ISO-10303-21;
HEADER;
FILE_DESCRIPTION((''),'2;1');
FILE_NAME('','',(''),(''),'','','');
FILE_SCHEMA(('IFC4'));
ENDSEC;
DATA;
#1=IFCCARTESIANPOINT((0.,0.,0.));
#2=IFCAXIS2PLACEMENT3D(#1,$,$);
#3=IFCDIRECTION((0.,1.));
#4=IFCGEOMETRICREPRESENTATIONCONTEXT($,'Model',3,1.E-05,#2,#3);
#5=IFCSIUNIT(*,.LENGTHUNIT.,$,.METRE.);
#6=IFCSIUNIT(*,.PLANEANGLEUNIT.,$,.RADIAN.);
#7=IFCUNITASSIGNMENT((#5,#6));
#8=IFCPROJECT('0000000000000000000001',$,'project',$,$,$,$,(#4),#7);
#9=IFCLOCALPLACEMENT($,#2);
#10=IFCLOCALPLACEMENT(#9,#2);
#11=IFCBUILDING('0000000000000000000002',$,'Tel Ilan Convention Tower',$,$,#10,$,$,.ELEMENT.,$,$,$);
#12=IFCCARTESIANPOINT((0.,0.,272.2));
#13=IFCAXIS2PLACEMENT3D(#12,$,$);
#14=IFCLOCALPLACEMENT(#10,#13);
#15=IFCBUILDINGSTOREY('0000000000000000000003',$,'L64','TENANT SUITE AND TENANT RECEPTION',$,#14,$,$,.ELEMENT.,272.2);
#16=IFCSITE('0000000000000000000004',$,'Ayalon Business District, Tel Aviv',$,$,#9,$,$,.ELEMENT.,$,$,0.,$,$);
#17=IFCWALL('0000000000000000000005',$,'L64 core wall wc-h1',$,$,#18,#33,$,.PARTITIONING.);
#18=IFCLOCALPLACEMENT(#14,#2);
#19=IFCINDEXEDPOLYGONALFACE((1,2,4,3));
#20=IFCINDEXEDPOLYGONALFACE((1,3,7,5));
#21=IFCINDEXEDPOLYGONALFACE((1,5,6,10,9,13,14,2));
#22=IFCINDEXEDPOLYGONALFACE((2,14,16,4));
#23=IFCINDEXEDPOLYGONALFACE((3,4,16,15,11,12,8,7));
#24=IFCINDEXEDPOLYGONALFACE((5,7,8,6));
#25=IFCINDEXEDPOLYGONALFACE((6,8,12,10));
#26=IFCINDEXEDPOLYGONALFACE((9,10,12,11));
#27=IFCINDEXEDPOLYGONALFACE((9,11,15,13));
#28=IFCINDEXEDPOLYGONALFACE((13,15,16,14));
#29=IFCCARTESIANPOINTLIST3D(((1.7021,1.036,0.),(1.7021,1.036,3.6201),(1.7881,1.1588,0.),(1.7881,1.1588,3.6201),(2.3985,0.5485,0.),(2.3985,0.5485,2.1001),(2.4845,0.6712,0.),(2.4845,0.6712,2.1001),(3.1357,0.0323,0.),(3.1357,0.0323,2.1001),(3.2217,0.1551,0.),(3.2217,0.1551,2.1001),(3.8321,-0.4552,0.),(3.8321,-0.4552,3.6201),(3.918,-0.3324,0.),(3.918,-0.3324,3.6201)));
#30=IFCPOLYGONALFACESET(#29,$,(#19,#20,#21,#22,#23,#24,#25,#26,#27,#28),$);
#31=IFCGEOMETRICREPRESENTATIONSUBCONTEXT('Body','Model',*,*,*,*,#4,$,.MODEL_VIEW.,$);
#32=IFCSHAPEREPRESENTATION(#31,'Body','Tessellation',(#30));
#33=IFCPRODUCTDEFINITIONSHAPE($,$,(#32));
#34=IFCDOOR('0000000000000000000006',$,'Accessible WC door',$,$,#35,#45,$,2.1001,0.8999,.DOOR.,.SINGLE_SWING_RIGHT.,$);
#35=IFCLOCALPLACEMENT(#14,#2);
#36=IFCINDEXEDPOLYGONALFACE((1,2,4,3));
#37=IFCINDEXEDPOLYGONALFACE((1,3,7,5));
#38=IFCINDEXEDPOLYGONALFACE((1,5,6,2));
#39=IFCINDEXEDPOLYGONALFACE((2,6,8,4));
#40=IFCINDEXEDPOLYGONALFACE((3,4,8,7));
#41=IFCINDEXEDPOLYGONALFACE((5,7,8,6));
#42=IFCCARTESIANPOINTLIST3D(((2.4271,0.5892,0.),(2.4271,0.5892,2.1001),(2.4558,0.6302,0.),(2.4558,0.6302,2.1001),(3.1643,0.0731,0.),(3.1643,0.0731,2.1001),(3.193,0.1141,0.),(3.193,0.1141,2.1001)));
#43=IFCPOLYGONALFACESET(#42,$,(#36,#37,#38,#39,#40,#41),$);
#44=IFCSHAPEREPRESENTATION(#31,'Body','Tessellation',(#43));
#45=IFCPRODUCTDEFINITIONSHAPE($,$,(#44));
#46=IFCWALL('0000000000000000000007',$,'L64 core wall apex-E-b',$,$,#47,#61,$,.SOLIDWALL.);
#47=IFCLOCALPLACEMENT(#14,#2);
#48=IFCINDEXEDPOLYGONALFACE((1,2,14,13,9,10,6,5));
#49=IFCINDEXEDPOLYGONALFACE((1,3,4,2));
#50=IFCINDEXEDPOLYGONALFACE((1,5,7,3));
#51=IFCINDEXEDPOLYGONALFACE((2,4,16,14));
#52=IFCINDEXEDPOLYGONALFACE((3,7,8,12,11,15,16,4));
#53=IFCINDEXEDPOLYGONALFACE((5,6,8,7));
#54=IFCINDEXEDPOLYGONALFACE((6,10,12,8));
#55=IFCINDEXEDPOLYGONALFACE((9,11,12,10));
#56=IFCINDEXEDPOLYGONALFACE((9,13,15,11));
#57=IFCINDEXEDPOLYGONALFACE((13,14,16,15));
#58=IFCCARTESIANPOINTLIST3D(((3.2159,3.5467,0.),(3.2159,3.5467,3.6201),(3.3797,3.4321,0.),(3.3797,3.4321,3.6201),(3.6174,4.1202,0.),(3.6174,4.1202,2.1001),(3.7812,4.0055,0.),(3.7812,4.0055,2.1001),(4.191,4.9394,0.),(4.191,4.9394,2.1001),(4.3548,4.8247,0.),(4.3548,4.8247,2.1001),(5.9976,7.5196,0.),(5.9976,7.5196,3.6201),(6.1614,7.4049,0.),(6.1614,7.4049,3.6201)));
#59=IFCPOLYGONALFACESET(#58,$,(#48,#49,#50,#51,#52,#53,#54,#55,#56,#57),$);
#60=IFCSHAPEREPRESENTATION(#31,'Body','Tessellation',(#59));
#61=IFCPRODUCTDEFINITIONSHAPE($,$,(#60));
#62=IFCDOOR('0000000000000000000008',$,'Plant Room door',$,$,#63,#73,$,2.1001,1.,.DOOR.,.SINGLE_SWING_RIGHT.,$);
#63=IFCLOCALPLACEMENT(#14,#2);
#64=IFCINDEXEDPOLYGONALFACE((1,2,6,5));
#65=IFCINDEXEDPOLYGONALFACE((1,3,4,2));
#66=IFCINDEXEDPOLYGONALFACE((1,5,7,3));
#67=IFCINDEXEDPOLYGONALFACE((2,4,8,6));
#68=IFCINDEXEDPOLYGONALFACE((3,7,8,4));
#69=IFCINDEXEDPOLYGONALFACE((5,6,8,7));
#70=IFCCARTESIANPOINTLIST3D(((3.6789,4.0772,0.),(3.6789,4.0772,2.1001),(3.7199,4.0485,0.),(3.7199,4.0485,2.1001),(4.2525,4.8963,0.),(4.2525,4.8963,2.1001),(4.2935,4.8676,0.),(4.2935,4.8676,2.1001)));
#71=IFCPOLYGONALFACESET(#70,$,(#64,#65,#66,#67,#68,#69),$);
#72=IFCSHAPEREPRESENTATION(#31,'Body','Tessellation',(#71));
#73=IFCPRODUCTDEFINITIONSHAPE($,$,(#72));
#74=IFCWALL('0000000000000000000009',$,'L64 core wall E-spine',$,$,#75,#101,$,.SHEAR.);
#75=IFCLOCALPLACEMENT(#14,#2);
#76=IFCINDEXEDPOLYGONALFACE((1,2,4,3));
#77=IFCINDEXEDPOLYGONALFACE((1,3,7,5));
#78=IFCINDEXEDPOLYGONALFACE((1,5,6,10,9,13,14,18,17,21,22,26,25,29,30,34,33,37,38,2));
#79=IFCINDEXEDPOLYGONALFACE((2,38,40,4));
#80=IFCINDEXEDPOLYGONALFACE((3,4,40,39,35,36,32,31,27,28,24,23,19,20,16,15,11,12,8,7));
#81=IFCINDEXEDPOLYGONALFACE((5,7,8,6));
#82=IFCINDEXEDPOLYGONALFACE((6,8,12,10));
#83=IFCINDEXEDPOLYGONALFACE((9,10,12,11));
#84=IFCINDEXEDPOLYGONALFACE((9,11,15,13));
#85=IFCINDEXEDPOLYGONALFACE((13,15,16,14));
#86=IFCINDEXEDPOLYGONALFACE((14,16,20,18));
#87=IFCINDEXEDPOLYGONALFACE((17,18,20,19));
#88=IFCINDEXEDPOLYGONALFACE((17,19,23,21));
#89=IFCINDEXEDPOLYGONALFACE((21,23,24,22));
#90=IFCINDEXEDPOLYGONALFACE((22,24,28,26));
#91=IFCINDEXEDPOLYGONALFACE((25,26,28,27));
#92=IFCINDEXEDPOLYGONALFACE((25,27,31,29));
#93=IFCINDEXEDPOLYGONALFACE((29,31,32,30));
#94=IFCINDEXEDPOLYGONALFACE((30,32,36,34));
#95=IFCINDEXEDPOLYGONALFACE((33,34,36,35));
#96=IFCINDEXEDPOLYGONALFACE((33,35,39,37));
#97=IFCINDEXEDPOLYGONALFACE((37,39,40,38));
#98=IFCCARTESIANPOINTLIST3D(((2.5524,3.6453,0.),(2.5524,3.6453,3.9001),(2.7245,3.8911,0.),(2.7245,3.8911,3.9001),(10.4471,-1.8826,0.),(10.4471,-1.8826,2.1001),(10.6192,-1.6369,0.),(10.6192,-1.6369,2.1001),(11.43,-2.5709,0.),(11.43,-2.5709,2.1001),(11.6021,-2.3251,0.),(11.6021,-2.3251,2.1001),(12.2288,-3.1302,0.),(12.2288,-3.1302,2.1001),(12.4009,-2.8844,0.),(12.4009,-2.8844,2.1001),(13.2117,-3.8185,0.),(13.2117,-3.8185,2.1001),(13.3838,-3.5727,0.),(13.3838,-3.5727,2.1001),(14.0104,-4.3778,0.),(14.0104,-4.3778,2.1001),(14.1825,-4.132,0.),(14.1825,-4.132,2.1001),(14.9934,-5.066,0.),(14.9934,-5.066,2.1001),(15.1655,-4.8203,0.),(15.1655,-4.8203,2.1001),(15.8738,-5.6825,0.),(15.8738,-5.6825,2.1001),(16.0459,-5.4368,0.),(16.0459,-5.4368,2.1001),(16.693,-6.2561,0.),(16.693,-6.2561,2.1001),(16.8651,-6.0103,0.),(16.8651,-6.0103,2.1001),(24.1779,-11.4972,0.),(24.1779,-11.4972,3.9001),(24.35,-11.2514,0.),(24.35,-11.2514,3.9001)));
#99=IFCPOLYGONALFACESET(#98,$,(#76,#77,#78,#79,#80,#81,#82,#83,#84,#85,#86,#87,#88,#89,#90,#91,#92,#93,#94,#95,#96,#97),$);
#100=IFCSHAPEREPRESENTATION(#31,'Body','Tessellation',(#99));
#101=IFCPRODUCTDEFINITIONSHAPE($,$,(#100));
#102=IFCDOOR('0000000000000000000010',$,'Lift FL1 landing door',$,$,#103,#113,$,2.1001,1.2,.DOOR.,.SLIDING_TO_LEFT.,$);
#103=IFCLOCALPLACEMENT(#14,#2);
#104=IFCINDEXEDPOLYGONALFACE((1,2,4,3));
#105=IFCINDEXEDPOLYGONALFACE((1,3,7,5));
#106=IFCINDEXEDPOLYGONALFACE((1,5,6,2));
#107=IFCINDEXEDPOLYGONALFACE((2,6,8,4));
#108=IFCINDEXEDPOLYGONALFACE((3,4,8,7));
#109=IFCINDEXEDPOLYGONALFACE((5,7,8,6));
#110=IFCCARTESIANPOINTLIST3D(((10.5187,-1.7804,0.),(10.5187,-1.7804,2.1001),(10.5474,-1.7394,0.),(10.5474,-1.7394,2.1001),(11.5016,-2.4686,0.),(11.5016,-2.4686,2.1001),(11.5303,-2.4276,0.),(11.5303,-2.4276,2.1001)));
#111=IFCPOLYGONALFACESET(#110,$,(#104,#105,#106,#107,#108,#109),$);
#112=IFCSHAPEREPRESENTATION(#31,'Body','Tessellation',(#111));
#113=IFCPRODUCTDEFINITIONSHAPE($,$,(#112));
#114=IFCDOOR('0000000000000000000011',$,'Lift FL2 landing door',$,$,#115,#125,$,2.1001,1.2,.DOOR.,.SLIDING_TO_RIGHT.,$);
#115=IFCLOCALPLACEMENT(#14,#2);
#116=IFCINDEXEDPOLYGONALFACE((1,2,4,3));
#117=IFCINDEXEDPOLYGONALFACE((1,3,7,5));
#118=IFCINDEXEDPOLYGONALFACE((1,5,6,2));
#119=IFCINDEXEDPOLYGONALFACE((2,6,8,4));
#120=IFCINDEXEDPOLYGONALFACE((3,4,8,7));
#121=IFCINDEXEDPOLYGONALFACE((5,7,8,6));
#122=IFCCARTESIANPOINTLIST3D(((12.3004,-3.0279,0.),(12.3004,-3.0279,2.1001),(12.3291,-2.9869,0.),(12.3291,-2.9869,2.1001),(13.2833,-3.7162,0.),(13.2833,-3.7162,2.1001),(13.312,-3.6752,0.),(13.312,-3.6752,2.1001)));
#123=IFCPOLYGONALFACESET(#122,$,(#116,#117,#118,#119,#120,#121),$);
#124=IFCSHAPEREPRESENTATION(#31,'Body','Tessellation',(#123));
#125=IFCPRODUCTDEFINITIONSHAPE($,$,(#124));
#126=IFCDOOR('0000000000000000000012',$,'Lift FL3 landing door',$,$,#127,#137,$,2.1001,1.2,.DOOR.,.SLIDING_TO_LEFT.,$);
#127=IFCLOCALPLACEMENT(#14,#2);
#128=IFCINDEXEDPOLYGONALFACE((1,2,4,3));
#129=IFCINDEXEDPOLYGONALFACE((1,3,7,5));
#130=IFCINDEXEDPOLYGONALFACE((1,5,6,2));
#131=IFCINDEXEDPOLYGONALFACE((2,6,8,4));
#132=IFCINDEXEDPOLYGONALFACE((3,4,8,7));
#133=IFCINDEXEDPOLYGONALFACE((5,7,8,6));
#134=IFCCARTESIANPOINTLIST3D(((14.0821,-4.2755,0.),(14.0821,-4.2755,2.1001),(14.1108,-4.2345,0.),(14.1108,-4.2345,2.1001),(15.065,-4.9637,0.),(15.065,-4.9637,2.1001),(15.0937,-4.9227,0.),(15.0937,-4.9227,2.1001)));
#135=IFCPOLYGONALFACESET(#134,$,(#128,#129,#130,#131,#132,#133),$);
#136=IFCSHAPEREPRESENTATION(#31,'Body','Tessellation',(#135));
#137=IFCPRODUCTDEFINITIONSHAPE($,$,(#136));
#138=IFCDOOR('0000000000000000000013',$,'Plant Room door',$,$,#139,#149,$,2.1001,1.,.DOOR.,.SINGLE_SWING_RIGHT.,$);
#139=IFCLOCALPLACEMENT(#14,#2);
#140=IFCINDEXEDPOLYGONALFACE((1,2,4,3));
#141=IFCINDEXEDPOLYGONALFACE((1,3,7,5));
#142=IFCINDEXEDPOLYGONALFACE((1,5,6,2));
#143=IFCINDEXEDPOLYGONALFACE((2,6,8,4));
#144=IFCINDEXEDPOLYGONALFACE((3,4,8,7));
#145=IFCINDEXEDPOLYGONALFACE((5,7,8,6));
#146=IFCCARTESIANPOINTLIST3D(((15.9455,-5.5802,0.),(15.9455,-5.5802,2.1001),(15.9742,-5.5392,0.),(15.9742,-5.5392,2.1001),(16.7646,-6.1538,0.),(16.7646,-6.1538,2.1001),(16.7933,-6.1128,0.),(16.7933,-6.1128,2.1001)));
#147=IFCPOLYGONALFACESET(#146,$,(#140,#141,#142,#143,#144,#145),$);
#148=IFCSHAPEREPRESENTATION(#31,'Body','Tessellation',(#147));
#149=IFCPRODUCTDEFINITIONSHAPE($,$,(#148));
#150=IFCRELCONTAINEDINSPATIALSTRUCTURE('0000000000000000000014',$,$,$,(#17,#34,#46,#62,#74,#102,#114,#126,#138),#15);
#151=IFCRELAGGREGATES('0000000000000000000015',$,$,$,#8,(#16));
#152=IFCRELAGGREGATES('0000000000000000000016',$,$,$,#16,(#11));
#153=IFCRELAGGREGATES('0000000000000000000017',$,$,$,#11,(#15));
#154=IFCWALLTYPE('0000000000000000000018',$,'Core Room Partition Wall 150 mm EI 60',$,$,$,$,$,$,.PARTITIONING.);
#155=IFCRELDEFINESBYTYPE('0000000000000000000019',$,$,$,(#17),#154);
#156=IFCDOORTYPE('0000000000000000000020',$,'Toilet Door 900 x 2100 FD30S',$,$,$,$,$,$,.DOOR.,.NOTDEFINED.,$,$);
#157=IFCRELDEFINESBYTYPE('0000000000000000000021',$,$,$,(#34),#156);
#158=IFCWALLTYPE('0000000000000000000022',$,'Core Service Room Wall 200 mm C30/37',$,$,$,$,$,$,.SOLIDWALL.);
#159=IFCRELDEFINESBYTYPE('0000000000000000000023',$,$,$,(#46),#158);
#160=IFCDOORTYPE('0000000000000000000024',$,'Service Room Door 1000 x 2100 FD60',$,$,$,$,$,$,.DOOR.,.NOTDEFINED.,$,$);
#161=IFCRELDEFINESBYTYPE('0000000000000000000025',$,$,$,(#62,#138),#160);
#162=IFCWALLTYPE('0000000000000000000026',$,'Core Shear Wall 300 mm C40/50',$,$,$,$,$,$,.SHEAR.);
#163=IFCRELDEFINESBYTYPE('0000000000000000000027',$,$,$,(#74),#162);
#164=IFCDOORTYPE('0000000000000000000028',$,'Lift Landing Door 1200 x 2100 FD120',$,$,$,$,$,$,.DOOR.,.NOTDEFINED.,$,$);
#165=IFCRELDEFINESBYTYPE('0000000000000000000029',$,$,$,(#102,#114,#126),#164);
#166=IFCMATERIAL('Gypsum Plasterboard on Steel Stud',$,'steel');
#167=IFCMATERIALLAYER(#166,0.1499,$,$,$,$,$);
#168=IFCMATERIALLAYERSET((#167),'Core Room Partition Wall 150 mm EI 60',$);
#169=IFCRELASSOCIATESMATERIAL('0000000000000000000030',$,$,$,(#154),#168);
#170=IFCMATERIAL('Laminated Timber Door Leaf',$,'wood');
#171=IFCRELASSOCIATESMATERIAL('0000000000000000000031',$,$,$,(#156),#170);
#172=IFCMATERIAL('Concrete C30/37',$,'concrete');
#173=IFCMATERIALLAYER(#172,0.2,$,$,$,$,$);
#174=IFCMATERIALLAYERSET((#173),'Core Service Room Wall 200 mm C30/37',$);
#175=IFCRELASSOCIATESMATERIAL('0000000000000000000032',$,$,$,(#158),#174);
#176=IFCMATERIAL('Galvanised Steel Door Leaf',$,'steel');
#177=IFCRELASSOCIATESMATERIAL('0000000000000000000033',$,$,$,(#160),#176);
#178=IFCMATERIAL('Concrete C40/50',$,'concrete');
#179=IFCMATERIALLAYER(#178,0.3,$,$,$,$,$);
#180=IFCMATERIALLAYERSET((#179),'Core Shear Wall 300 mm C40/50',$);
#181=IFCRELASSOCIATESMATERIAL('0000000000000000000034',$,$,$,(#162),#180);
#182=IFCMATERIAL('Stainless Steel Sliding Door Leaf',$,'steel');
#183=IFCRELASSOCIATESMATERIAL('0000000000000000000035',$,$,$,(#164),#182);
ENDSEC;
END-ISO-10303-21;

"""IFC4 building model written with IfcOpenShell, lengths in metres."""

from ifc_helpers import new_model, si_unit, direction, frame, frame_2d, origin, place, context, subcontext, project, spatial, polyline, rectangle, outline, extrude, material, layer, layer_set, type_object, element, fill, save


model = new_model("IFC4")

# Units and contexts
model_context = context("Model", 3, precision=1e-05, world=origin(), true_north=direction((0.0, 1.0)))
body_context = subcontext(model_context, "Body", "Model", "MODEL_VIEW")
ifc_project = project(units=[si_unit("LENGTHUNIT", "METRE"), si_unit("PLANEANGLEUNIT", "RADIAN")], contexts=[model_context])

# Site, building, storey
site_placement = place(None, origin())
site = spatial("IfcSite", under=ifc_project, at=site_placement, Name="Ayalon Business District, Tel Aviv", CompositionType="ELEMENT", RefElevation=0.0)
building_placement = place(site_placement, origin())
building = spatial("IfcBuilding", under=site, at=building_placement, Name="Tel Ilan Convention Tower", CompositionType="ELEMENT")
storey_placement = place(building_placement, frame((0.0, 0.0, 272.2)))
storey = spatial("IfcBuildingStorey", under=building, at=storey_placement, Name="L64", Description="TENANT SUITE AND TENANT RECEPTION", CompositionType="ELEMENT", Elevation=272.2)

# Walls, openings, doors
ifc_material_1 = material(Name="Gypsum Plasterboard on Steel Stud", Category="steel")
ifc_layer_1 = layer(ifc_material_1, 0.1499)
ifc_layer_set_1 = layer_set([ifc_layer_1], Name="Core Room Partition Wall 150 mm EI 60")
wall_type_1 = type_object("IfcWallType", Name="Core Room Partition Wall 150 mm EI 60", PredefinedType="PARTITIONING", material=ifc_layer_set_1)
wall_1_placement = place(storey_placement, frame((1.7451, 1.0974, 0.0), z_axis=(0.0, 0.0, 1.0), x_axis=(0.819179, -0.573538, 0.0)))
wall_1 = element("IfcWall", 1, at=wall_1_placement, inside=storey, type_object=wall_type_1, Name="L64 core wall wc-h1", PredefinedType="PARTITIONING", context=body_context, shape_type="SweptSolid", body=[
    extrude(rectangle(XDim=2.6001, YDim=0.1499, at=frame_2d((1.3, 0.0))), origin(), (0.0, 0.0, 1.0), 3.6201),
])
opening_1_placement = place(wall_1_placement, frame((0.8501, 0.0, 0.0)))
opening_1 = element("IfcOpeningElement", 2, at=opening_1_placement, cuts=wall_1, PredefinedType="OPENING", context=body_context, shape_type="SweptSolid", body=[
    extrude(rectangle(XDim=0.8999, YDim=2.1001, at=frame_2d((0.45, 1.05))), frame((0.0, 0.085, 0.0), z_axis=(0.0, -1.0, 0.0), x_axis=(1.0, 0.0, 0.0)), (0.0, 0.0, 1.0), 0.1699),
])
ifc_material_2 = material(Name="Laminated Timber Door Leaf", Category="wood")
door_type_1 = type_object("IfcDoorType", Name="Toilet Door 900 x 2100 FD30S", OperationType="NOTDEFINED", PredefinedType="DOOR", material=ifc_material_2)
door_1_placement = place(opening_1_placement, origin())
door_1 = element("IfcDoor", 3, at=door_1_placement, inside=storey, type_object=door_type_1, Name="Accessible WC door", OperationType="SINGLE_SWING_RIGHT", OverallHeight=2.1001, OverallWidth=0.8999, PredefinedType="DOOR", context=body_context, shape_type="SweptSolid", body=[
    extrude(rectangle(XDim=0.8999, YDim=2.1001, at=frame_2d((0.45, 1.05))), frame((0.0, 0.0249, 0.0), z_axis=(0.0, -1.0, 0.0), x_axis=(1.0, 0.0, 0.0)), (0.0, 0.0, 1.0), 0.05),
])
fill(opening_1, door_1)
ifc_material_3 = material(Name="Concrete C30/37", Category="concrete")
ifc_layer_2 = layer(ifc_material_3, 0.2)
ifc_layer_set_2 = layer_set([ifc_layer_2], Name="Core Service Room Wall 200 mm C30/37")
wall_type_2 = type_object("IfcWallType", Name="Core Service Room Wall 200 mm C30/37", PredefinedType="SOLIDWALL", material=ifc_layer_set_2)
wall_2_placement = place(storey_placement, frame((3.2979, 3.4895, 0.0), z_axis=(0.0, 0.0, 1.0), x_axis=(0.57356, 0.819163, 0.0)))
wall_2 = element("IfcWall", 4, at=wall_2_placement, inside=storey, type_object=wall_type_2, Name="L64 core wall apex-E-b", PredefinedType="SOLIDWALL", context=body_context, shape_type="SweptSolid", body=[
    extrude(rectangle(XDim=4.8499, YDim=0.2, at=frame_2d((2.4248, 0.0))), origin(), (0.0, 0.0, 1.0), 3.6201),
])
opening_2_placement = place(wall_2_placement, frame((0.7, 0.0, 0.0)))
opening_2 = element("IfcOpeningElement", 5, at=opening_2_placement, cuts=wall_2, PredefinedType="OPENING", context=body_context, shape_type="SweptSolid", body=[
    extrude(rectangle(XDim=1.0, YDim=2.1001, at=frame_2d((0.5, 1.05))), frame((0.0, 0.1099, 0.0), z_axis=(0.0, -1.0, 0.0), x_axis=(1.0, 0.0, 0.0)), (0.0, 0.0, 1.0), 0.22),
])
ifc_material_4 = material(Name="Galvanised Steel Door Leaf", Category="steel")
door_type_2 = type_object("IfcDoorType", Name="Service Room Door 1000 x 2100 FD60", OperationType="NOTDEFINED", PredefinedType="DOOR", material=ifc_material_4)
door_2_placement = place(opening_2_placement, origin())
door_2 = element("IfcDoor", 6, at=door_2_placement, inside=storey, type_object=door_type_2, Name="Plant Room door", OperationType="SINGLE_SWING_RIGHT", OverallHeight=2.1001, OverallWidth=1.0, PredefinedType="DOOR", context=body_context, shape_type="SweptSolid", body=[
    extrude(rectangle(XDim=1.0, YDim=2.1001, at=frame_2d((0.5, 1.05))), frame((0.0, 0.0249, 0.0), z_axis=(0.0, -1.0, 0.0), x_axis=(1.0, 0.0, 0.0)), (0.0, 0.0, 1.0), 0.05),
])
fill(opening_2, door_2)

# Wall, openings, doors
ifc_material_5 = material(Name="Concrete C40/50", Category="concrete")
ifc_layer_3 = layer(ifc_material_5, 0.3)
ifc_layer_set_3 = layer_set([ifc_layer_3], Name="Core Shear Wall 300 mm C40/50")
wall_type_3 = type_object("IfcWallType", Name="Core Shear Wall 300 mm C40/50", PredefinedType="SHEAR", material=ifc_layer_set_3)
wall_3_placement = place(storey_placement, frame((2.6384, 3.7681, 0.0), z_axis=(0.0, 0.0, 1.0), x_axis=(0.819155, -0.573572, 0.0)))
wall_3 = element("IfcWall", 7, at=wall_3_placement, inside=storey, type_object=wall_type_3, Name="L64 core wall E-spine", PredefinedType="SHEAR", context=body_context, shape_type="SweptSolid", body=[
    extrude(outline(polyline([(0.0, 0.1501), (0.0, -0.1499), (26.3999, -0.1501), (26.3999, 0.1499), (0.0, 0.1501)])), origin(), (0.0, 0.0, 1.0), 3.9001),
])
opening_3_placement = place(wall_3_placement, frame((9.6375, 0.0, 0.0)))
opening_3 = element("IfcOpeningElement", 8, at=opening_3_placement, cuts=wall_3, PredefinedType="OPENING", context=body_context, shape_type="SweptSolid", body=[
    extrude(rectangle(XDim=1.2, YDim=2.1001, at=frame_2d((0.6001, 1.05))), frame((0.0, 0.1599, 0.0), z_axis=(0.0, -1.0, 0.0), x_axis=(1.0, 0.0, 0.0)), (0.0, 0.0, 1.0), 0.3201),
])
opening_4_placement = place(wall_3_placement, frame((11.8125, 0.0, 0.0)))
opening_4 = element("IfcOpeningElement", 9, at=opening_4_placement, cuts=wall_3, PredefinedType="OPENING", context=body_context, shape_type="SweptSolid", body=[
    extrude(rectangle(XDim=1.2, YDim=2.1001, at=frame_2d((0.6001, 1.05))), frame((0.0, 0.1599, 0.0), z_axis=(0.0, -1.0, 0.0), x_axis=(1.0, 0.0, 0.0)), (0.0, 0.0, 1.0), 0.3201),
])
opening_5_placement = place(wall_3_placement, frame((13.9875, 0.0, 0.0)))
opening_5 = element("IfcOpeningElement", 10, at=opening_5_placement, cuts=wall_3, PredefinedType="OPENING", context=body_context, shape_type="SweptSolid", body=[
    extrude(rectangle(XDim=1.2, YDim=2.1001, at=frame_2d((0.6001, 1.05))), frame((0.0, 0.1599, 0.0), z_axis=(0.0, -1.0, 0.0), x_axis=(1.0, 0.0, 0.0)), (0.0, 0.0, 1.0), 0.3201),
])
opening_6_placement = place(wall_3_placement, frame((16.2625, 0.0, 0.0)))
opening_6 = element("IfcOpeningElement", 11, at=opening_6_placement, cuts=wall_3, PredefinedType="OPENING", context=body_context, shape_type="SweptSolid", body=[
    extrude(rectangle(XDim=1.0, YDim=2.1001, at=frame_2d((0.5, 1.05))), frame((0.0, 0.1599, 0.0), z_axis=(0.0, -1.0, 0.0), x_axis=(1.0, 0.0, 0.0)), (0.0, 0.0, 1.0), 0.3201),
])
ifc_material_6 = material(Name="Stainless Steel Sliding Door Leaf", Category="steel")
door_type_3 = type_object("IfcDoorType", Name="Lift Landing Door 1200 x 2100 FD120", OperationType="NOTDEFINED", PredefinedType="DOOR", material=ifc_material_6)
door_3_placement = place(opening_3_placement, origin())
door_3 = element("IfcDoor", 12, at=door_3_placement, inside=storey, type_object=door_type_3, Name="Lift FL1 landing door", OperationType="SLIDING_TO_LEFT", OverallHeight=2.1001, OverallWidth=1.2, PredefinedType="DOOR", context=body_context, shape_type="SweptSolid", body=[
    extrude(rectangle(XDim=1.2, YDim=2.1001, at=frame_2d((0.6001, 1.05))), frame((0.0, 0.0249, 0.0), z_axis=(0.0, -1.0, 0.0), x_axis=(1.0, 0.0, 0.0)), (0.0, 0.0, 1.0), 0.05),
])
fill(opening_3, door_3)
door_4_placement = place(opening_4_placement, origin())
door_4 = element("IfcDoor", 13, at=door_4_placement, inside=storey, type_object=door_type_3, Name="Lift FL2 landing door", OperationType="SLIDING_TO_RIGHT", OverallHeight=2.1001, OverallWidth=1.2, PredefinedType="DOOR", context=body_context, shape_type="SweptSolid", body=[
    extrude(rectangle(XDim=1.2, YDim=2.1001, at=frame_2d((0.6001, 1.05))), frame((0.0, 0.0249, 0.0), z_axis=(0.0, -1.0, 0.0), x_axis=(1.0, 0.0, 0.0)), (0.0, 0.0, 1.0), 0.05),
])
fill(opening_4, door_4)
door_5_placement = place(opening_5_placement, origin())
door_5 = element("IfcDoor", 14, at=door_5_placement, inside=storey, type_object=door_type_3, Name="Lift FL3 landing door", OperationType="SLIDING_TO_LEFT", OverallHeight=2.1001, OverallWidth=1.2, PredefinedType="DOOR", context=body_context, shape_type="SweptSolid", body=[
    extrude(rectangle(XDim=1.2, YDim=2.1001, at=frame_2d((0.6001, 1.05))), frame((0.0, 0.0249, 0.0), z_axis=(0.0, -1.0, 0.0), x_axis=(1.0, 0.0, 0.0)), (0.0, 0.0, 1.0), 0.05),
])
fill(opening_5, door_5)
door_6_placement = place(opening_6_placement, origin())
door_6 = element("IfcDoor", 15, at=door_6_placement, inside=storey, type_object=door_type_2, Name="Plant Room door", OperationType="SINGLE_SWING_RIGHT", OverallHeight=2.1001, OverallWidth=1.0, PredefinedType="DOOR", context=body_context, shape_type="SweptSolid", body=[
    extrude(rectangle(XDim=1.0, YDim=2.1001, at=frame_2d((0.5, 1.05))), frame((0.0, 0.0249, 0.0), z_axis=(0.0, -1.0, 0.0), x_axis=(1.0, 0.0, 0.0)), (0.0, 0.0, 1.0), 0.05),
])
fill(opening_6, door_6)

save(model, "model.ifc")
